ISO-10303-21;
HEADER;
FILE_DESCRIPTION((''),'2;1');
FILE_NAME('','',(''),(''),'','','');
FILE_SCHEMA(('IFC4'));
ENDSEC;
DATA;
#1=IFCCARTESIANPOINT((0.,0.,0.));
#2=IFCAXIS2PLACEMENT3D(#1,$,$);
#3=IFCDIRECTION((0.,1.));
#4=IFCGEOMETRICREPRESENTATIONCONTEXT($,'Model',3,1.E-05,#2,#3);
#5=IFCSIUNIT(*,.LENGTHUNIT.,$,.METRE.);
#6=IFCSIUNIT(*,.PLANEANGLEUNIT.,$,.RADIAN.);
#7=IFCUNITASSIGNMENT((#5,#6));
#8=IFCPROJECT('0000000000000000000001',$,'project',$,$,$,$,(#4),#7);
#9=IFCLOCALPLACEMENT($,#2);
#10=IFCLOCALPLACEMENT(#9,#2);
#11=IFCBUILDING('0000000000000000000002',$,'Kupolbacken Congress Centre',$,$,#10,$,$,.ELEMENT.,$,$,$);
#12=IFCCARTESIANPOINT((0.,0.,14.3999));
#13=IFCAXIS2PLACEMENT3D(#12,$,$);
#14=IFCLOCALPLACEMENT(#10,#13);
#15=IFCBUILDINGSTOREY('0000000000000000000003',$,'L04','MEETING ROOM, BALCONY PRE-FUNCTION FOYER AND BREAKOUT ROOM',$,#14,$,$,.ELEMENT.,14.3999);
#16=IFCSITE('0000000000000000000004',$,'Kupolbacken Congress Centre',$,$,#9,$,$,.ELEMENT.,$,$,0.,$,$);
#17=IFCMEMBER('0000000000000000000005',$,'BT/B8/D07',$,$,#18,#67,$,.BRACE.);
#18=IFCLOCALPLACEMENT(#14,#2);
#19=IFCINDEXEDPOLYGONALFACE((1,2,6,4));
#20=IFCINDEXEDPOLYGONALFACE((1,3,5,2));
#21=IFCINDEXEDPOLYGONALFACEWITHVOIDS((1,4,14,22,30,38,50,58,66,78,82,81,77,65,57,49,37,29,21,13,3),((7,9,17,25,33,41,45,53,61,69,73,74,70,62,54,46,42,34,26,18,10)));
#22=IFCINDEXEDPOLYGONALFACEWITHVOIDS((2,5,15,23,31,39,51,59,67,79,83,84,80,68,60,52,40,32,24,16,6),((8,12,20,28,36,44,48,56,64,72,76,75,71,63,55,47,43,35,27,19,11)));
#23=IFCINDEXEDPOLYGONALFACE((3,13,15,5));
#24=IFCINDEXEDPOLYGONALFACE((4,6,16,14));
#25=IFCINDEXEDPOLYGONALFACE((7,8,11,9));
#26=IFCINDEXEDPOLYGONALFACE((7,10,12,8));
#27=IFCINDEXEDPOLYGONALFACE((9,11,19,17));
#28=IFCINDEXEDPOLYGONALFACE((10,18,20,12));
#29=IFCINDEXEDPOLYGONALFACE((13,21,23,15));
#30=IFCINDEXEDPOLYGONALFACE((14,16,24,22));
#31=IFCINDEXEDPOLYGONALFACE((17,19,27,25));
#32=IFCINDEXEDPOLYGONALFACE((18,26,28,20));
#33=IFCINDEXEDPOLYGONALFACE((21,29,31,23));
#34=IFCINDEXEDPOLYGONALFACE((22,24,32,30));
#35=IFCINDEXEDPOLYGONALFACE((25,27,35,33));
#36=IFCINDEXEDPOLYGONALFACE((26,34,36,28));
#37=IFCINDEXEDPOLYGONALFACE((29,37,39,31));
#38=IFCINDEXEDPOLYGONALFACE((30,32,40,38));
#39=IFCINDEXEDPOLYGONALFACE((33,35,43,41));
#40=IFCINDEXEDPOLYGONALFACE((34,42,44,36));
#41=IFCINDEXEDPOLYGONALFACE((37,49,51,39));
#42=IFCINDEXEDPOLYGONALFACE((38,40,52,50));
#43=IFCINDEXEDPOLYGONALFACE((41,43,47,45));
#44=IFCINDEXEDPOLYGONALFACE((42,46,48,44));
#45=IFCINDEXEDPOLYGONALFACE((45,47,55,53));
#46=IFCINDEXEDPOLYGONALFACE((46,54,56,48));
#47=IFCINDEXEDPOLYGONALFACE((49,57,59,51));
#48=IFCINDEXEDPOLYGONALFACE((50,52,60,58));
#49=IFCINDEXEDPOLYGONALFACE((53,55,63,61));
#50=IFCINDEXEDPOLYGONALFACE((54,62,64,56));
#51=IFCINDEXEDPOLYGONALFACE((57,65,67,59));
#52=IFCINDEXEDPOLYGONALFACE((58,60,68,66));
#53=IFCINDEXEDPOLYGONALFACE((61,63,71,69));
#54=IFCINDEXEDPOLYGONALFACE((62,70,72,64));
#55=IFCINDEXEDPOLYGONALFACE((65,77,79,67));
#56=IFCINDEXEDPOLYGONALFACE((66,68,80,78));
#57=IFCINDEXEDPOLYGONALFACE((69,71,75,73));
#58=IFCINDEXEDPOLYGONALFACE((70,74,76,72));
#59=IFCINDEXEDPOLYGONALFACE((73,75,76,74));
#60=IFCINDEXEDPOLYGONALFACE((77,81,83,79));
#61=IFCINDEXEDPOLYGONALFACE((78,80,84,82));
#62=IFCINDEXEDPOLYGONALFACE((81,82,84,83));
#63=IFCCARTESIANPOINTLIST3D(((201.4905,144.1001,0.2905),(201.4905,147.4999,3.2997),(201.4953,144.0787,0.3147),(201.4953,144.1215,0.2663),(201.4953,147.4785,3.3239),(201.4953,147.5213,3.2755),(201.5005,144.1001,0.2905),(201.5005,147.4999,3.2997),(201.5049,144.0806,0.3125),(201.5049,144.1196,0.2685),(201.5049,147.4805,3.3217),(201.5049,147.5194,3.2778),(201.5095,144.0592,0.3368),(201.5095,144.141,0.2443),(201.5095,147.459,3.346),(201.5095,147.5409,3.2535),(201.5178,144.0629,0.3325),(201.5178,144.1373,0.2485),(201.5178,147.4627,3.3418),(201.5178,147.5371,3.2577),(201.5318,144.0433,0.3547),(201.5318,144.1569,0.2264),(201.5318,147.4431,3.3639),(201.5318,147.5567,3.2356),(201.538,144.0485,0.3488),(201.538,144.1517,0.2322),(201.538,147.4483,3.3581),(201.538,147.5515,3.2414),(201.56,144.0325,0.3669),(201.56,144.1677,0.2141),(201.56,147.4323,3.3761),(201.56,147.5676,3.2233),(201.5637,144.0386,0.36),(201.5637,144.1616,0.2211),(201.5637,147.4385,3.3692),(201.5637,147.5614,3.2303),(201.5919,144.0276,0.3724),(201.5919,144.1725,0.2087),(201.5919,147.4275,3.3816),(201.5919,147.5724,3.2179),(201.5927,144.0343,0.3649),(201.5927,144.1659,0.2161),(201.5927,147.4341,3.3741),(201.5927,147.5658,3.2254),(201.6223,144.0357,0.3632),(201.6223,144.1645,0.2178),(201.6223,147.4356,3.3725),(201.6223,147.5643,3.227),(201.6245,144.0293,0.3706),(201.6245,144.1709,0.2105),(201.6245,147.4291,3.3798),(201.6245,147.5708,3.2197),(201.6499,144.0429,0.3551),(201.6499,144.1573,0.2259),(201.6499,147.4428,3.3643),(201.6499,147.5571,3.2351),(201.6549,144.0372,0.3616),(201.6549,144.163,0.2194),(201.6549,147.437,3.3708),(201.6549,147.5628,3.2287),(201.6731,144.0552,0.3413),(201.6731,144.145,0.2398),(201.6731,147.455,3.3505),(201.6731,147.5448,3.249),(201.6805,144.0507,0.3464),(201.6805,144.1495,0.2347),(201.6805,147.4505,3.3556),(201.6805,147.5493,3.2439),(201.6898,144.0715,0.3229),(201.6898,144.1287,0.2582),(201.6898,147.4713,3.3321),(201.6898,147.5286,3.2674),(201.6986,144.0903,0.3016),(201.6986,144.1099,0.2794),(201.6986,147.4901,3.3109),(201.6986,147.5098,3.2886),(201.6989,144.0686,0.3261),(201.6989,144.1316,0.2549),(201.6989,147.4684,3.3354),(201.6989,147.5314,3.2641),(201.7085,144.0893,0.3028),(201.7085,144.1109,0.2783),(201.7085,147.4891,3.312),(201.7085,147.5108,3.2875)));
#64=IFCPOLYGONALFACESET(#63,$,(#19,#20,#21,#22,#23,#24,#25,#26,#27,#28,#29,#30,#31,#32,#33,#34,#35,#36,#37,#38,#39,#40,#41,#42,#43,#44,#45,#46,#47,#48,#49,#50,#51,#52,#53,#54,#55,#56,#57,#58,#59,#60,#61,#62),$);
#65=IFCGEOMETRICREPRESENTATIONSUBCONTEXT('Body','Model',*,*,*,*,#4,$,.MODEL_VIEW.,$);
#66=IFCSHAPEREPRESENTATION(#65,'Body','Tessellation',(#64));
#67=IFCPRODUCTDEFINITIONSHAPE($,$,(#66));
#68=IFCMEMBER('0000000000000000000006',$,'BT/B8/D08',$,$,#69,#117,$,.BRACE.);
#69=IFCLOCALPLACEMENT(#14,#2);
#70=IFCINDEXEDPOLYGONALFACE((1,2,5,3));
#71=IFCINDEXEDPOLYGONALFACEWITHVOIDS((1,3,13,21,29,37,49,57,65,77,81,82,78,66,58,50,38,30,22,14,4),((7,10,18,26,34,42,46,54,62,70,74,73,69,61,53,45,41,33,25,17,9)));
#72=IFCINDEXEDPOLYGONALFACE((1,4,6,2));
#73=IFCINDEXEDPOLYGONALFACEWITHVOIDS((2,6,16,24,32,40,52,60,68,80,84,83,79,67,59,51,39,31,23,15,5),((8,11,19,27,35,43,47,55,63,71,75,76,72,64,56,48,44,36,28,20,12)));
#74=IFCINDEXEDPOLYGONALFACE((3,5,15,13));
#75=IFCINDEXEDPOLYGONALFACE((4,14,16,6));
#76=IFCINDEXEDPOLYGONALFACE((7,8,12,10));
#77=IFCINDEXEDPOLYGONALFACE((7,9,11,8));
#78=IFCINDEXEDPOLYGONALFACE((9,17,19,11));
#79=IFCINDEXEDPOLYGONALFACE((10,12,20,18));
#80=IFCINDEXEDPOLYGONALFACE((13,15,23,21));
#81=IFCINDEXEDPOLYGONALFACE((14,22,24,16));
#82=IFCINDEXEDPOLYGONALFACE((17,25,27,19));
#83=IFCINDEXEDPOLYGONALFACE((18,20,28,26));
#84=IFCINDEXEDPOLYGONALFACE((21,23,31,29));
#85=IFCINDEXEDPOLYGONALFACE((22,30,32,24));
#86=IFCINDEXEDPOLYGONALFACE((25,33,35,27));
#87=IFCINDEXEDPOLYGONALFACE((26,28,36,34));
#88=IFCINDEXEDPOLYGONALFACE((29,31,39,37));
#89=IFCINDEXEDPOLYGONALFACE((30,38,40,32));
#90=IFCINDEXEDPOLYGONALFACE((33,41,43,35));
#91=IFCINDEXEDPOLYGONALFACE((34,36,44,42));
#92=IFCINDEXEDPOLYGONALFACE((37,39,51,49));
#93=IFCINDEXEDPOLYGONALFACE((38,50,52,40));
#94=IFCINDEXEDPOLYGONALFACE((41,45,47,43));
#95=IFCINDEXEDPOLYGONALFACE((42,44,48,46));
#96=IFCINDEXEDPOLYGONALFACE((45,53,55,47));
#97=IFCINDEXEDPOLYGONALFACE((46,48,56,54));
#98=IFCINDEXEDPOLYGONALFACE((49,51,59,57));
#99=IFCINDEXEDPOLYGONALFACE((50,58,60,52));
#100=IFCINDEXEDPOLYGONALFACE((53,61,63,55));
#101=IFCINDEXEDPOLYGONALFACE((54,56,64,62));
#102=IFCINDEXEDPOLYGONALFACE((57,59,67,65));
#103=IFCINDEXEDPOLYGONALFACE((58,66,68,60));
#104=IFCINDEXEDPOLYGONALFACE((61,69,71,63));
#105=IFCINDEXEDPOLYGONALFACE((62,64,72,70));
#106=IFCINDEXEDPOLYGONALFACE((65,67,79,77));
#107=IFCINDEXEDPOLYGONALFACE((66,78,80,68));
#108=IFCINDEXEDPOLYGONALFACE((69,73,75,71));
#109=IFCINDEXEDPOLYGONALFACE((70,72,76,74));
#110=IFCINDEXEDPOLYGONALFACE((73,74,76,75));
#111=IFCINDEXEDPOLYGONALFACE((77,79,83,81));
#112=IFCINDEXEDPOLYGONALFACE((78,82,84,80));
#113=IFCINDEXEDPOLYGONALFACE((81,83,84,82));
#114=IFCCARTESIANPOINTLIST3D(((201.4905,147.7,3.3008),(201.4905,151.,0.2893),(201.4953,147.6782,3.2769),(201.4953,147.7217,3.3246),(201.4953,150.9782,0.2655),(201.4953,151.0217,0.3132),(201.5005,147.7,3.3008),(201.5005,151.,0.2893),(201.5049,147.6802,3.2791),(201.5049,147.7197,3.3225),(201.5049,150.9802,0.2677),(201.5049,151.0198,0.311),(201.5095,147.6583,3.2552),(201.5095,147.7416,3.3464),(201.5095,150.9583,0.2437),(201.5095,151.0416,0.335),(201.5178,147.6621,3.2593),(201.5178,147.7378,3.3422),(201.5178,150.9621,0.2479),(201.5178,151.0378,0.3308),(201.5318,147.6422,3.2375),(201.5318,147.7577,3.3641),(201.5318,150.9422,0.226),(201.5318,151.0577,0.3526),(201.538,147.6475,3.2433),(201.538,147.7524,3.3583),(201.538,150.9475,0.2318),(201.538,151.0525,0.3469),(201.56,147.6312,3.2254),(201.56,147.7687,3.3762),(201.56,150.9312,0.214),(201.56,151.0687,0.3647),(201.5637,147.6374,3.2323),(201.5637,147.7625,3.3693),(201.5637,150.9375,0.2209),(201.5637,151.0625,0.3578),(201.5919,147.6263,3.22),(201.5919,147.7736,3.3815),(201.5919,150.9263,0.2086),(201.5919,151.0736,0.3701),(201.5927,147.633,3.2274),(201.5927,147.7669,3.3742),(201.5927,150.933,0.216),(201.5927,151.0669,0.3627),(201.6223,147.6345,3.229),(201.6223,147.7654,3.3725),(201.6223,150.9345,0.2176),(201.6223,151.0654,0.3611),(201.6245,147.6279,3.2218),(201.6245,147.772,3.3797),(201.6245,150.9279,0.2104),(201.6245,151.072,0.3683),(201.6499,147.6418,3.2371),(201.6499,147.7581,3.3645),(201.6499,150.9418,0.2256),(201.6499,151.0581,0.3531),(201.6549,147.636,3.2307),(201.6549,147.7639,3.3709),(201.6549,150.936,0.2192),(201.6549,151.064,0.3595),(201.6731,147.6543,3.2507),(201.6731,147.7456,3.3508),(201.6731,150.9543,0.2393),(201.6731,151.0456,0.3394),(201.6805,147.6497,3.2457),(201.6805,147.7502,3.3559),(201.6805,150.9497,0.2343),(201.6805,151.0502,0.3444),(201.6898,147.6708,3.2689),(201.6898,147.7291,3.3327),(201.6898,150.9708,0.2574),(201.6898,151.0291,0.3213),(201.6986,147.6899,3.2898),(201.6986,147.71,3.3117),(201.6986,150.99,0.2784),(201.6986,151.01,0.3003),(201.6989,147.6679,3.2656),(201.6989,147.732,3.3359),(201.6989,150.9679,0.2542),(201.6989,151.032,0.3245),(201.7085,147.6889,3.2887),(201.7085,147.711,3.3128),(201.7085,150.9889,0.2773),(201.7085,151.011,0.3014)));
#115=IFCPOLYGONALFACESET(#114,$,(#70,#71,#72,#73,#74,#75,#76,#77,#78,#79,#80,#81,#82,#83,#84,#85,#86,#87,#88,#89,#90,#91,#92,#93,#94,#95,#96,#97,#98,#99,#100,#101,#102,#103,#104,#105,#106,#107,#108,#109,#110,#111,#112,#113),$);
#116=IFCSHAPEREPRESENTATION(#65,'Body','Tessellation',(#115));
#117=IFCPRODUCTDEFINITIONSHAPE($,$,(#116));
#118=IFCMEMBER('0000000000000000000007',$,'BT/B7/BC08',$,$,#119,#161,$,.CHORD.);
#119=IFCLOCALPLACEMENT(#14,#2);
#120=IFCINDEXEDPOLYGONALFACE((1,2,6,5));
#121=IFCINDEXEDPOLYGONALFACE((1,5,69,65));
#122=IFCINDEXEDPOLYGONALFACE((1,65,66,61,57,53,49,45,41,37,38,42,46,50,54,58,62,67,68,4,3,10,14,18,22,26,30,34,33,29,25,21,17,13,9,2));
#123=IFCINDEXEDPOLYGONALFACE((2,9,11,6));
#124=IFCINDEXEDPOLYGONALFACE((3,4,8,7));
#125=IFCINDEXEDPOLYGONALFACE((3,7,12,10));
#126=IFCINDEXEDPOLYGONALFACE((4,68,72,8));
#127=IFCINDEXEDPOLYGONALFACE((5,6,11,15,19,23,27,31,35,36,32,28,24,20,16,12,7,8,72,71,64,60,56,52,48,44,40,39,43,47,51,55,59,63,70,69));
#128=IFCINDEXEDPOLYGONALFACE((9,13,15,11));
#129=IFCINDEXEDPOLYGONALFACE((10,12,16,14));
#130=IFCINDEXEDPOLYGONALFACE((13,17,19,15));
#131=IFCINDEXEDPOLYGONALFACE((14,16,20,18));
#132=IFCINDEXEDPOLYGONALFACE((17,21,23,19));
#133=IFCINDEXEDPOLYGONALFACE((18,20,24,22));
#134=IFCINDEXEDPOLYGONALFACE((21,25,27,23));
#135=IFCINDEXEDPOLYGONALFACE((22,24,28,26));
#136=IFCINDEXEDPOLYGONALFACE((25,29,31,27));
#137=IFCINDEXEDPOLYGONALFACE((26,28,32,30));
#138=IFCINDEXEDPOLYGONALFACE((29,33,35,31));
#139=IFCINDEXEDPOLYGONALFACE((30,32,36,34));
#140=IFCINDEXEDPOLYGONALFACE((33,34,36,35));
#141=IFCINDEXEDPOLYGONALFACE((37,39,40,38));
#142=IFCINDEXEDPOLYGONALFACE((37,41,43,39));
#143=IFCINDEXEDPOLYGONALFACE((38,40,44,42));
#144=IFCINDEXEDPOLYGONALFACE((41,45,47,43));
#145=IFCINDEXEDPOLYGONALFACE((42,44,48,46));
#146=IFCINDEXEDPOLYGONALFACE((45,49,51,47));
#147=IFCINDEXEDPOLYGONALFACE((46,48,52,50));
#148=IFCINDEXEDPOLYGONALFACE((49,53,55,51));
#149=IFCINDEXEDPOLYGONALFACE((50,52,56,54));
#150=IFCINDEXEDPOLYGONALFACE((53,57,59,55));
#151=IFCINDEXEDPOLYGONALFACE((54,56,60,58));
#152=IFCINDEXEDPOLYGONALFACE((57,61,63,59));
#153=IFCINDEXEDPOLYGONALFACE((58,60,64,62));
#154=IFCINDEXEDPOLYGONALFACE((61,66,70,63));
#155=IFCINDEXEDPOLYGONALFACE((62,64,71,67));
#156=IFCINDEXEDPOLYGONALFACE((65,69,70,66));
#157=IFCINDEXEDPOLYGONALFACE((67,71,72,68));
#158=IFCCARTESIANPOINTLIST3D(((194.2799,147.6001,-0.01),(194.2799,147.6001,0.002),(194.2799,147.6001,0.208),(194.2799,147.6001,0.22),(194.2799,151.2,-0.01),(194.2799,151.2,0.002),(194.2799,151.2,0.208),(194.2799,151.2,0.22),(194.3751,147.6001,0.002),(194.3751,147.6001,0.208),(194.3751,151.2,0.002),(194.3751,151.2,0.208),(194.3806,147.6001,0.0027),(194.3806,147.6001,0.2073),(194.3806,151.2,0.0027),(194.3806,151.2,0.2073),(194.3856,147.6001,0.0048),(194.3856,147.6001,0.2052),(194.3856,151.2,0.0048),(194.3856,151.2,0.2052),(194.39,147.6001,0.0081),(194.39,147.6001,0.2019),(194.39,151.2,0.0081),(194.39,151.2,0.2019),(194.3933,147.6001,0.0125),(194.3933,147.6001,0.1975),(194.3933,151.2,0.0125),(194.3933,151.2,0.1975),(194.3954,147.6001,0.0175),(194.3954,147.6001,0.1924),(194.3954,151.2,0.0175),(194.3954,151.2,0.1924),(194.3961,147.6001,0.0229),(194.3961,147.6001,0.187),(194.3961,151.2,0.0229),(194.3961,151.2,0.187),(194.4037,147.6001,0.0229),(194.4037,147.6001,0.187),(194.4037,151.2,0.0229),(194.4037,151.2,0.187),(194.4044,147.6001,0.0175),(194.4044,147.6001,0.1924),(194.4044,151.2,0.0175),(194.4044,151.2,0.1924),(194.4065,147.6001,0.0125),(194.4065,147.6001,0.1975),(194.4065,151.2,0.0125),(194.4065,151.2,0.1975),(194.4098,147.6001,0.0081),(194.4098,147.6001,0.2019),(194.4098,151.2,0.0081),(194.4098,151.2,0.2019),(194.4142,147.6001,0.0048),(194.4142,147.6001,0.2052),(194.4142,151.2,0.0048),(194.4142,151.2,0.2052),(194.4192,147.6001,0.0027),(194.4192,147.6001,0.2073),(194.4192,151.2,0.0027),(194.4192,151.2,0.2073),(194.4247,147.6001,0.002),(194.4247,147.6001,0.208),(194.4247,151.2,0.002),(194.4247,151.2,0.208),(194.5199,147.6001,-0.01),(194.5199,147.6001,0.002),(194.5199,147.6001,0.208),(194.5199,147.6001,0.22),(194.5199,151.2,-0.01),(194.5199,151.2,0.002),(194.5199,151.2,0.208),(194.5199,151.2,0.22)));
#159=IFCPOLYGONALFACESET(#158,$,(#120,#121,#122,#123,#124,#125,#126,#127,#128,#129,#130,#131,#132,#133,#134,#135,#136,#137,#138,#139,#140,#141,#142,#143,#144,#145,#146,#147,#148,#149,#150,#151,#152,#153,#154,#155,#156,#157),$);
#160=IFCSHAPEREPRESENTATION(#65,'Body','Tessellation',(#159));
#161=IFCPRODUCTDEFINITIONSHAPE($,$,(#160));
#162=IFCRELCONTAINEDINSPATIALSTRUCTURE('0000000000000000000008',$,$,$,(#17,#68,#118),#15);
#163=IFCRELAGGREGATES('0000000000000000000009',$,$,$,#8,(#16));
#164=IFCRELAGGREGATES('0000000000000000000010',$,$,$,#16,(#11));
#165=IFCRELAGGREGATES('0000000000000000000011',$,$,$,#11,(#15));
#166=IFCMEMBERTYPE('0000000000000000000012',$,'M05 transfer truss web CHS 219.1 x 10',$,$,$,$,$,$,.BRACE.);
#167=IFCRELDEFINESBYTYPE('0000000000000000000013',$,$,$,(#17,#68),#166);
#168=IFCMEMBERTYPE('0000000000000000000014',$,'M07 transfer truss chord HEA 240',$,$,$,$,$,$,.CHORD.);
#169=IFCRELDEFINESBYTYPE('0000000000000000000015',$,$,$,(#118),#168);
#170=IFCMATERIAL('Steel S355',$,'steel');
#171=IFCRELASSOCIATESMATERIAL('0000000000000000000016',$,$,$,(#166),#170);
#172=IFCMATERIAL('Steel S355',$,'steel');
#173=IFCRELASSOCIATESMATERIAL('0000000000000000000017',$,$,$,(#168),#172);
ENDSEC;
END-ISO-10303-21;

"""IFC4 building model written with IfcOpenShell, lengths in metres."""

from ifc_helpers import new_model, si_unit, direction, frame, origin, origin_2d, place, context, subcontext, project, spatial, hollow_circle, i_section, extrude, material, material_profile, profile_set, type_object, element, save


model = new_model("IFC4")

# Units and contexts
model_context = context("Model", 3, precision=1e-05, world=origin(), true_north=direction((0.0, 1.0)))
body_context = subcontext(model_context, "Body", "Model", "MODEL_VIEW")
ifc_project = project(units=[si_unit("LENGTHUNIT", "METRE"), si_unit("PLANEANGLEUNIT", "RADIAN")], contexts=[model_context])

# Site, building, storey
site_placement = place(None, origin())
site = spatial("IfcSite", under=ifc_project, at=site_placement, Name="Kupolbacken Congress Centre", CompositionType="ELEMENT", RefElevation=0.0)
building_placement = place(site_placement, origin())
building = spatial("IfcBuilding", under=site, at=building_placement, Name="Kupolbacken Congress Centre", CompositionType="ELEMENT")
storey_placement = place(building_placement, frame((0.0, 0.0, 14.3999)))
storey = spatial("IfcBuildingStorey", under=building, at=storey_placement, Name="L04", Description="MEETING ROOM, BALCONY PRE-FUNCTION FOYER AND BREAKOUT ROOM", CompositionType="ELEMENT", Elevation=14.3999)

# Members
ifc_material_1 = material(Name="Steel S355", Category="steel")
ifc_material_profile_1 = material_profile(ifc_material_1, hollow_circle(Radius=0.1096, WallThickness=0.01, at=origin_2d()), Name="CHS 219.1 x 10")
ifc_profile_set_1 = profile_set([ifc_material_profile_1], Name="Steel S355")
member_type_1 = type_object("IfcMemberType", Name="M05 transfer truss web CHS 219.1 x 10", PredefinedType="BRACE", material=ifc_profile_set_1)
member_1_placement = place(storey_placement, frame((201.6001, 144.1001, 0.2905), z_axis=(0.0, 0.748814, 0.66278), x_axis=(-1.0, 0.0, 0.0)))
element("IfcMember", 1, at=member_1_placement, inside=storey, type_object=member_type_1, Name="BT/B8/D07", PredefinedType="BRACE", context=body_context, shape_type="SweptSolid", body=[
    extrude(hollow_circle(Radius=0.1096, WallThickness=0.01, at=origin_2d()), origin(), (0.0, 0.0, 1.0), 4.5403),
])
member_2_placement = place(storey_placement, frame((201.6001, 147.7, 3.3008), z_axis=(0.0, 0.738665, -0.674072), x_axis=(-1.0, 0.0, 0.0)))
element("IfcMember", 2, at=member_2_placement, inside=storey, type_object=member_type_1, Name="BT/B8/D08", PredefinedType="BRACE", context=body_context, shape_type="SweptSolid", body=[
    extrude(hollow_circle(Radius=0.1096, WallThickness=0.01, at=origin_2d()), origin(), (0.0, 0.0, 1.0), 4.4675),
])
ifc_material_2 = material(Name="Steel S355", Category="steel")
ifc_material_profile_2 = material_profile(ifc_material_2, i_section(OverallWidth=0.24, OverallDepth=0.23, WebThickness=0.0076, FlangeThickness=0.012, FilletRadius=0.021, at=origin_2d()), Name="HEA 240")
ifc_profile_set_2 = profile_set([ifc_material_profile_2], Name="Steel S355")
member_type_2 = type_object("IfcMemberType", Name="M07 transfer truss chord HEA 240", PredefinedType="CHORD", material=ifc_profile_set_2)
for number, where, z_axis, x_axis, name in (
    (3, (194.3999, 147.6001, 0.105), (0.0, 1.0, 0.0), (-1.0, 0.0, 0.0), "BT/B7/BC08"),
):
    element("IfcMember", number, at=place(storey_placement, frame(where, z_axis=z_axis, x_axis=x_axis)), inside=storey, type_object=member_type_2, Name=name, PredefinedType="CHORD", context=body_context, shape_type="SweptSolid", body=[
        extrude(i_section(OverallWidth=0.24, OverallDepth=0.23, WebThickness=0.0076, FlangeThickness=0.012, FilletRadius=0.021, at=origin_2d()), origin(), (0.0, 0.0, 1.0), 3.5999),
    ])

save(model, "model.ifc")
